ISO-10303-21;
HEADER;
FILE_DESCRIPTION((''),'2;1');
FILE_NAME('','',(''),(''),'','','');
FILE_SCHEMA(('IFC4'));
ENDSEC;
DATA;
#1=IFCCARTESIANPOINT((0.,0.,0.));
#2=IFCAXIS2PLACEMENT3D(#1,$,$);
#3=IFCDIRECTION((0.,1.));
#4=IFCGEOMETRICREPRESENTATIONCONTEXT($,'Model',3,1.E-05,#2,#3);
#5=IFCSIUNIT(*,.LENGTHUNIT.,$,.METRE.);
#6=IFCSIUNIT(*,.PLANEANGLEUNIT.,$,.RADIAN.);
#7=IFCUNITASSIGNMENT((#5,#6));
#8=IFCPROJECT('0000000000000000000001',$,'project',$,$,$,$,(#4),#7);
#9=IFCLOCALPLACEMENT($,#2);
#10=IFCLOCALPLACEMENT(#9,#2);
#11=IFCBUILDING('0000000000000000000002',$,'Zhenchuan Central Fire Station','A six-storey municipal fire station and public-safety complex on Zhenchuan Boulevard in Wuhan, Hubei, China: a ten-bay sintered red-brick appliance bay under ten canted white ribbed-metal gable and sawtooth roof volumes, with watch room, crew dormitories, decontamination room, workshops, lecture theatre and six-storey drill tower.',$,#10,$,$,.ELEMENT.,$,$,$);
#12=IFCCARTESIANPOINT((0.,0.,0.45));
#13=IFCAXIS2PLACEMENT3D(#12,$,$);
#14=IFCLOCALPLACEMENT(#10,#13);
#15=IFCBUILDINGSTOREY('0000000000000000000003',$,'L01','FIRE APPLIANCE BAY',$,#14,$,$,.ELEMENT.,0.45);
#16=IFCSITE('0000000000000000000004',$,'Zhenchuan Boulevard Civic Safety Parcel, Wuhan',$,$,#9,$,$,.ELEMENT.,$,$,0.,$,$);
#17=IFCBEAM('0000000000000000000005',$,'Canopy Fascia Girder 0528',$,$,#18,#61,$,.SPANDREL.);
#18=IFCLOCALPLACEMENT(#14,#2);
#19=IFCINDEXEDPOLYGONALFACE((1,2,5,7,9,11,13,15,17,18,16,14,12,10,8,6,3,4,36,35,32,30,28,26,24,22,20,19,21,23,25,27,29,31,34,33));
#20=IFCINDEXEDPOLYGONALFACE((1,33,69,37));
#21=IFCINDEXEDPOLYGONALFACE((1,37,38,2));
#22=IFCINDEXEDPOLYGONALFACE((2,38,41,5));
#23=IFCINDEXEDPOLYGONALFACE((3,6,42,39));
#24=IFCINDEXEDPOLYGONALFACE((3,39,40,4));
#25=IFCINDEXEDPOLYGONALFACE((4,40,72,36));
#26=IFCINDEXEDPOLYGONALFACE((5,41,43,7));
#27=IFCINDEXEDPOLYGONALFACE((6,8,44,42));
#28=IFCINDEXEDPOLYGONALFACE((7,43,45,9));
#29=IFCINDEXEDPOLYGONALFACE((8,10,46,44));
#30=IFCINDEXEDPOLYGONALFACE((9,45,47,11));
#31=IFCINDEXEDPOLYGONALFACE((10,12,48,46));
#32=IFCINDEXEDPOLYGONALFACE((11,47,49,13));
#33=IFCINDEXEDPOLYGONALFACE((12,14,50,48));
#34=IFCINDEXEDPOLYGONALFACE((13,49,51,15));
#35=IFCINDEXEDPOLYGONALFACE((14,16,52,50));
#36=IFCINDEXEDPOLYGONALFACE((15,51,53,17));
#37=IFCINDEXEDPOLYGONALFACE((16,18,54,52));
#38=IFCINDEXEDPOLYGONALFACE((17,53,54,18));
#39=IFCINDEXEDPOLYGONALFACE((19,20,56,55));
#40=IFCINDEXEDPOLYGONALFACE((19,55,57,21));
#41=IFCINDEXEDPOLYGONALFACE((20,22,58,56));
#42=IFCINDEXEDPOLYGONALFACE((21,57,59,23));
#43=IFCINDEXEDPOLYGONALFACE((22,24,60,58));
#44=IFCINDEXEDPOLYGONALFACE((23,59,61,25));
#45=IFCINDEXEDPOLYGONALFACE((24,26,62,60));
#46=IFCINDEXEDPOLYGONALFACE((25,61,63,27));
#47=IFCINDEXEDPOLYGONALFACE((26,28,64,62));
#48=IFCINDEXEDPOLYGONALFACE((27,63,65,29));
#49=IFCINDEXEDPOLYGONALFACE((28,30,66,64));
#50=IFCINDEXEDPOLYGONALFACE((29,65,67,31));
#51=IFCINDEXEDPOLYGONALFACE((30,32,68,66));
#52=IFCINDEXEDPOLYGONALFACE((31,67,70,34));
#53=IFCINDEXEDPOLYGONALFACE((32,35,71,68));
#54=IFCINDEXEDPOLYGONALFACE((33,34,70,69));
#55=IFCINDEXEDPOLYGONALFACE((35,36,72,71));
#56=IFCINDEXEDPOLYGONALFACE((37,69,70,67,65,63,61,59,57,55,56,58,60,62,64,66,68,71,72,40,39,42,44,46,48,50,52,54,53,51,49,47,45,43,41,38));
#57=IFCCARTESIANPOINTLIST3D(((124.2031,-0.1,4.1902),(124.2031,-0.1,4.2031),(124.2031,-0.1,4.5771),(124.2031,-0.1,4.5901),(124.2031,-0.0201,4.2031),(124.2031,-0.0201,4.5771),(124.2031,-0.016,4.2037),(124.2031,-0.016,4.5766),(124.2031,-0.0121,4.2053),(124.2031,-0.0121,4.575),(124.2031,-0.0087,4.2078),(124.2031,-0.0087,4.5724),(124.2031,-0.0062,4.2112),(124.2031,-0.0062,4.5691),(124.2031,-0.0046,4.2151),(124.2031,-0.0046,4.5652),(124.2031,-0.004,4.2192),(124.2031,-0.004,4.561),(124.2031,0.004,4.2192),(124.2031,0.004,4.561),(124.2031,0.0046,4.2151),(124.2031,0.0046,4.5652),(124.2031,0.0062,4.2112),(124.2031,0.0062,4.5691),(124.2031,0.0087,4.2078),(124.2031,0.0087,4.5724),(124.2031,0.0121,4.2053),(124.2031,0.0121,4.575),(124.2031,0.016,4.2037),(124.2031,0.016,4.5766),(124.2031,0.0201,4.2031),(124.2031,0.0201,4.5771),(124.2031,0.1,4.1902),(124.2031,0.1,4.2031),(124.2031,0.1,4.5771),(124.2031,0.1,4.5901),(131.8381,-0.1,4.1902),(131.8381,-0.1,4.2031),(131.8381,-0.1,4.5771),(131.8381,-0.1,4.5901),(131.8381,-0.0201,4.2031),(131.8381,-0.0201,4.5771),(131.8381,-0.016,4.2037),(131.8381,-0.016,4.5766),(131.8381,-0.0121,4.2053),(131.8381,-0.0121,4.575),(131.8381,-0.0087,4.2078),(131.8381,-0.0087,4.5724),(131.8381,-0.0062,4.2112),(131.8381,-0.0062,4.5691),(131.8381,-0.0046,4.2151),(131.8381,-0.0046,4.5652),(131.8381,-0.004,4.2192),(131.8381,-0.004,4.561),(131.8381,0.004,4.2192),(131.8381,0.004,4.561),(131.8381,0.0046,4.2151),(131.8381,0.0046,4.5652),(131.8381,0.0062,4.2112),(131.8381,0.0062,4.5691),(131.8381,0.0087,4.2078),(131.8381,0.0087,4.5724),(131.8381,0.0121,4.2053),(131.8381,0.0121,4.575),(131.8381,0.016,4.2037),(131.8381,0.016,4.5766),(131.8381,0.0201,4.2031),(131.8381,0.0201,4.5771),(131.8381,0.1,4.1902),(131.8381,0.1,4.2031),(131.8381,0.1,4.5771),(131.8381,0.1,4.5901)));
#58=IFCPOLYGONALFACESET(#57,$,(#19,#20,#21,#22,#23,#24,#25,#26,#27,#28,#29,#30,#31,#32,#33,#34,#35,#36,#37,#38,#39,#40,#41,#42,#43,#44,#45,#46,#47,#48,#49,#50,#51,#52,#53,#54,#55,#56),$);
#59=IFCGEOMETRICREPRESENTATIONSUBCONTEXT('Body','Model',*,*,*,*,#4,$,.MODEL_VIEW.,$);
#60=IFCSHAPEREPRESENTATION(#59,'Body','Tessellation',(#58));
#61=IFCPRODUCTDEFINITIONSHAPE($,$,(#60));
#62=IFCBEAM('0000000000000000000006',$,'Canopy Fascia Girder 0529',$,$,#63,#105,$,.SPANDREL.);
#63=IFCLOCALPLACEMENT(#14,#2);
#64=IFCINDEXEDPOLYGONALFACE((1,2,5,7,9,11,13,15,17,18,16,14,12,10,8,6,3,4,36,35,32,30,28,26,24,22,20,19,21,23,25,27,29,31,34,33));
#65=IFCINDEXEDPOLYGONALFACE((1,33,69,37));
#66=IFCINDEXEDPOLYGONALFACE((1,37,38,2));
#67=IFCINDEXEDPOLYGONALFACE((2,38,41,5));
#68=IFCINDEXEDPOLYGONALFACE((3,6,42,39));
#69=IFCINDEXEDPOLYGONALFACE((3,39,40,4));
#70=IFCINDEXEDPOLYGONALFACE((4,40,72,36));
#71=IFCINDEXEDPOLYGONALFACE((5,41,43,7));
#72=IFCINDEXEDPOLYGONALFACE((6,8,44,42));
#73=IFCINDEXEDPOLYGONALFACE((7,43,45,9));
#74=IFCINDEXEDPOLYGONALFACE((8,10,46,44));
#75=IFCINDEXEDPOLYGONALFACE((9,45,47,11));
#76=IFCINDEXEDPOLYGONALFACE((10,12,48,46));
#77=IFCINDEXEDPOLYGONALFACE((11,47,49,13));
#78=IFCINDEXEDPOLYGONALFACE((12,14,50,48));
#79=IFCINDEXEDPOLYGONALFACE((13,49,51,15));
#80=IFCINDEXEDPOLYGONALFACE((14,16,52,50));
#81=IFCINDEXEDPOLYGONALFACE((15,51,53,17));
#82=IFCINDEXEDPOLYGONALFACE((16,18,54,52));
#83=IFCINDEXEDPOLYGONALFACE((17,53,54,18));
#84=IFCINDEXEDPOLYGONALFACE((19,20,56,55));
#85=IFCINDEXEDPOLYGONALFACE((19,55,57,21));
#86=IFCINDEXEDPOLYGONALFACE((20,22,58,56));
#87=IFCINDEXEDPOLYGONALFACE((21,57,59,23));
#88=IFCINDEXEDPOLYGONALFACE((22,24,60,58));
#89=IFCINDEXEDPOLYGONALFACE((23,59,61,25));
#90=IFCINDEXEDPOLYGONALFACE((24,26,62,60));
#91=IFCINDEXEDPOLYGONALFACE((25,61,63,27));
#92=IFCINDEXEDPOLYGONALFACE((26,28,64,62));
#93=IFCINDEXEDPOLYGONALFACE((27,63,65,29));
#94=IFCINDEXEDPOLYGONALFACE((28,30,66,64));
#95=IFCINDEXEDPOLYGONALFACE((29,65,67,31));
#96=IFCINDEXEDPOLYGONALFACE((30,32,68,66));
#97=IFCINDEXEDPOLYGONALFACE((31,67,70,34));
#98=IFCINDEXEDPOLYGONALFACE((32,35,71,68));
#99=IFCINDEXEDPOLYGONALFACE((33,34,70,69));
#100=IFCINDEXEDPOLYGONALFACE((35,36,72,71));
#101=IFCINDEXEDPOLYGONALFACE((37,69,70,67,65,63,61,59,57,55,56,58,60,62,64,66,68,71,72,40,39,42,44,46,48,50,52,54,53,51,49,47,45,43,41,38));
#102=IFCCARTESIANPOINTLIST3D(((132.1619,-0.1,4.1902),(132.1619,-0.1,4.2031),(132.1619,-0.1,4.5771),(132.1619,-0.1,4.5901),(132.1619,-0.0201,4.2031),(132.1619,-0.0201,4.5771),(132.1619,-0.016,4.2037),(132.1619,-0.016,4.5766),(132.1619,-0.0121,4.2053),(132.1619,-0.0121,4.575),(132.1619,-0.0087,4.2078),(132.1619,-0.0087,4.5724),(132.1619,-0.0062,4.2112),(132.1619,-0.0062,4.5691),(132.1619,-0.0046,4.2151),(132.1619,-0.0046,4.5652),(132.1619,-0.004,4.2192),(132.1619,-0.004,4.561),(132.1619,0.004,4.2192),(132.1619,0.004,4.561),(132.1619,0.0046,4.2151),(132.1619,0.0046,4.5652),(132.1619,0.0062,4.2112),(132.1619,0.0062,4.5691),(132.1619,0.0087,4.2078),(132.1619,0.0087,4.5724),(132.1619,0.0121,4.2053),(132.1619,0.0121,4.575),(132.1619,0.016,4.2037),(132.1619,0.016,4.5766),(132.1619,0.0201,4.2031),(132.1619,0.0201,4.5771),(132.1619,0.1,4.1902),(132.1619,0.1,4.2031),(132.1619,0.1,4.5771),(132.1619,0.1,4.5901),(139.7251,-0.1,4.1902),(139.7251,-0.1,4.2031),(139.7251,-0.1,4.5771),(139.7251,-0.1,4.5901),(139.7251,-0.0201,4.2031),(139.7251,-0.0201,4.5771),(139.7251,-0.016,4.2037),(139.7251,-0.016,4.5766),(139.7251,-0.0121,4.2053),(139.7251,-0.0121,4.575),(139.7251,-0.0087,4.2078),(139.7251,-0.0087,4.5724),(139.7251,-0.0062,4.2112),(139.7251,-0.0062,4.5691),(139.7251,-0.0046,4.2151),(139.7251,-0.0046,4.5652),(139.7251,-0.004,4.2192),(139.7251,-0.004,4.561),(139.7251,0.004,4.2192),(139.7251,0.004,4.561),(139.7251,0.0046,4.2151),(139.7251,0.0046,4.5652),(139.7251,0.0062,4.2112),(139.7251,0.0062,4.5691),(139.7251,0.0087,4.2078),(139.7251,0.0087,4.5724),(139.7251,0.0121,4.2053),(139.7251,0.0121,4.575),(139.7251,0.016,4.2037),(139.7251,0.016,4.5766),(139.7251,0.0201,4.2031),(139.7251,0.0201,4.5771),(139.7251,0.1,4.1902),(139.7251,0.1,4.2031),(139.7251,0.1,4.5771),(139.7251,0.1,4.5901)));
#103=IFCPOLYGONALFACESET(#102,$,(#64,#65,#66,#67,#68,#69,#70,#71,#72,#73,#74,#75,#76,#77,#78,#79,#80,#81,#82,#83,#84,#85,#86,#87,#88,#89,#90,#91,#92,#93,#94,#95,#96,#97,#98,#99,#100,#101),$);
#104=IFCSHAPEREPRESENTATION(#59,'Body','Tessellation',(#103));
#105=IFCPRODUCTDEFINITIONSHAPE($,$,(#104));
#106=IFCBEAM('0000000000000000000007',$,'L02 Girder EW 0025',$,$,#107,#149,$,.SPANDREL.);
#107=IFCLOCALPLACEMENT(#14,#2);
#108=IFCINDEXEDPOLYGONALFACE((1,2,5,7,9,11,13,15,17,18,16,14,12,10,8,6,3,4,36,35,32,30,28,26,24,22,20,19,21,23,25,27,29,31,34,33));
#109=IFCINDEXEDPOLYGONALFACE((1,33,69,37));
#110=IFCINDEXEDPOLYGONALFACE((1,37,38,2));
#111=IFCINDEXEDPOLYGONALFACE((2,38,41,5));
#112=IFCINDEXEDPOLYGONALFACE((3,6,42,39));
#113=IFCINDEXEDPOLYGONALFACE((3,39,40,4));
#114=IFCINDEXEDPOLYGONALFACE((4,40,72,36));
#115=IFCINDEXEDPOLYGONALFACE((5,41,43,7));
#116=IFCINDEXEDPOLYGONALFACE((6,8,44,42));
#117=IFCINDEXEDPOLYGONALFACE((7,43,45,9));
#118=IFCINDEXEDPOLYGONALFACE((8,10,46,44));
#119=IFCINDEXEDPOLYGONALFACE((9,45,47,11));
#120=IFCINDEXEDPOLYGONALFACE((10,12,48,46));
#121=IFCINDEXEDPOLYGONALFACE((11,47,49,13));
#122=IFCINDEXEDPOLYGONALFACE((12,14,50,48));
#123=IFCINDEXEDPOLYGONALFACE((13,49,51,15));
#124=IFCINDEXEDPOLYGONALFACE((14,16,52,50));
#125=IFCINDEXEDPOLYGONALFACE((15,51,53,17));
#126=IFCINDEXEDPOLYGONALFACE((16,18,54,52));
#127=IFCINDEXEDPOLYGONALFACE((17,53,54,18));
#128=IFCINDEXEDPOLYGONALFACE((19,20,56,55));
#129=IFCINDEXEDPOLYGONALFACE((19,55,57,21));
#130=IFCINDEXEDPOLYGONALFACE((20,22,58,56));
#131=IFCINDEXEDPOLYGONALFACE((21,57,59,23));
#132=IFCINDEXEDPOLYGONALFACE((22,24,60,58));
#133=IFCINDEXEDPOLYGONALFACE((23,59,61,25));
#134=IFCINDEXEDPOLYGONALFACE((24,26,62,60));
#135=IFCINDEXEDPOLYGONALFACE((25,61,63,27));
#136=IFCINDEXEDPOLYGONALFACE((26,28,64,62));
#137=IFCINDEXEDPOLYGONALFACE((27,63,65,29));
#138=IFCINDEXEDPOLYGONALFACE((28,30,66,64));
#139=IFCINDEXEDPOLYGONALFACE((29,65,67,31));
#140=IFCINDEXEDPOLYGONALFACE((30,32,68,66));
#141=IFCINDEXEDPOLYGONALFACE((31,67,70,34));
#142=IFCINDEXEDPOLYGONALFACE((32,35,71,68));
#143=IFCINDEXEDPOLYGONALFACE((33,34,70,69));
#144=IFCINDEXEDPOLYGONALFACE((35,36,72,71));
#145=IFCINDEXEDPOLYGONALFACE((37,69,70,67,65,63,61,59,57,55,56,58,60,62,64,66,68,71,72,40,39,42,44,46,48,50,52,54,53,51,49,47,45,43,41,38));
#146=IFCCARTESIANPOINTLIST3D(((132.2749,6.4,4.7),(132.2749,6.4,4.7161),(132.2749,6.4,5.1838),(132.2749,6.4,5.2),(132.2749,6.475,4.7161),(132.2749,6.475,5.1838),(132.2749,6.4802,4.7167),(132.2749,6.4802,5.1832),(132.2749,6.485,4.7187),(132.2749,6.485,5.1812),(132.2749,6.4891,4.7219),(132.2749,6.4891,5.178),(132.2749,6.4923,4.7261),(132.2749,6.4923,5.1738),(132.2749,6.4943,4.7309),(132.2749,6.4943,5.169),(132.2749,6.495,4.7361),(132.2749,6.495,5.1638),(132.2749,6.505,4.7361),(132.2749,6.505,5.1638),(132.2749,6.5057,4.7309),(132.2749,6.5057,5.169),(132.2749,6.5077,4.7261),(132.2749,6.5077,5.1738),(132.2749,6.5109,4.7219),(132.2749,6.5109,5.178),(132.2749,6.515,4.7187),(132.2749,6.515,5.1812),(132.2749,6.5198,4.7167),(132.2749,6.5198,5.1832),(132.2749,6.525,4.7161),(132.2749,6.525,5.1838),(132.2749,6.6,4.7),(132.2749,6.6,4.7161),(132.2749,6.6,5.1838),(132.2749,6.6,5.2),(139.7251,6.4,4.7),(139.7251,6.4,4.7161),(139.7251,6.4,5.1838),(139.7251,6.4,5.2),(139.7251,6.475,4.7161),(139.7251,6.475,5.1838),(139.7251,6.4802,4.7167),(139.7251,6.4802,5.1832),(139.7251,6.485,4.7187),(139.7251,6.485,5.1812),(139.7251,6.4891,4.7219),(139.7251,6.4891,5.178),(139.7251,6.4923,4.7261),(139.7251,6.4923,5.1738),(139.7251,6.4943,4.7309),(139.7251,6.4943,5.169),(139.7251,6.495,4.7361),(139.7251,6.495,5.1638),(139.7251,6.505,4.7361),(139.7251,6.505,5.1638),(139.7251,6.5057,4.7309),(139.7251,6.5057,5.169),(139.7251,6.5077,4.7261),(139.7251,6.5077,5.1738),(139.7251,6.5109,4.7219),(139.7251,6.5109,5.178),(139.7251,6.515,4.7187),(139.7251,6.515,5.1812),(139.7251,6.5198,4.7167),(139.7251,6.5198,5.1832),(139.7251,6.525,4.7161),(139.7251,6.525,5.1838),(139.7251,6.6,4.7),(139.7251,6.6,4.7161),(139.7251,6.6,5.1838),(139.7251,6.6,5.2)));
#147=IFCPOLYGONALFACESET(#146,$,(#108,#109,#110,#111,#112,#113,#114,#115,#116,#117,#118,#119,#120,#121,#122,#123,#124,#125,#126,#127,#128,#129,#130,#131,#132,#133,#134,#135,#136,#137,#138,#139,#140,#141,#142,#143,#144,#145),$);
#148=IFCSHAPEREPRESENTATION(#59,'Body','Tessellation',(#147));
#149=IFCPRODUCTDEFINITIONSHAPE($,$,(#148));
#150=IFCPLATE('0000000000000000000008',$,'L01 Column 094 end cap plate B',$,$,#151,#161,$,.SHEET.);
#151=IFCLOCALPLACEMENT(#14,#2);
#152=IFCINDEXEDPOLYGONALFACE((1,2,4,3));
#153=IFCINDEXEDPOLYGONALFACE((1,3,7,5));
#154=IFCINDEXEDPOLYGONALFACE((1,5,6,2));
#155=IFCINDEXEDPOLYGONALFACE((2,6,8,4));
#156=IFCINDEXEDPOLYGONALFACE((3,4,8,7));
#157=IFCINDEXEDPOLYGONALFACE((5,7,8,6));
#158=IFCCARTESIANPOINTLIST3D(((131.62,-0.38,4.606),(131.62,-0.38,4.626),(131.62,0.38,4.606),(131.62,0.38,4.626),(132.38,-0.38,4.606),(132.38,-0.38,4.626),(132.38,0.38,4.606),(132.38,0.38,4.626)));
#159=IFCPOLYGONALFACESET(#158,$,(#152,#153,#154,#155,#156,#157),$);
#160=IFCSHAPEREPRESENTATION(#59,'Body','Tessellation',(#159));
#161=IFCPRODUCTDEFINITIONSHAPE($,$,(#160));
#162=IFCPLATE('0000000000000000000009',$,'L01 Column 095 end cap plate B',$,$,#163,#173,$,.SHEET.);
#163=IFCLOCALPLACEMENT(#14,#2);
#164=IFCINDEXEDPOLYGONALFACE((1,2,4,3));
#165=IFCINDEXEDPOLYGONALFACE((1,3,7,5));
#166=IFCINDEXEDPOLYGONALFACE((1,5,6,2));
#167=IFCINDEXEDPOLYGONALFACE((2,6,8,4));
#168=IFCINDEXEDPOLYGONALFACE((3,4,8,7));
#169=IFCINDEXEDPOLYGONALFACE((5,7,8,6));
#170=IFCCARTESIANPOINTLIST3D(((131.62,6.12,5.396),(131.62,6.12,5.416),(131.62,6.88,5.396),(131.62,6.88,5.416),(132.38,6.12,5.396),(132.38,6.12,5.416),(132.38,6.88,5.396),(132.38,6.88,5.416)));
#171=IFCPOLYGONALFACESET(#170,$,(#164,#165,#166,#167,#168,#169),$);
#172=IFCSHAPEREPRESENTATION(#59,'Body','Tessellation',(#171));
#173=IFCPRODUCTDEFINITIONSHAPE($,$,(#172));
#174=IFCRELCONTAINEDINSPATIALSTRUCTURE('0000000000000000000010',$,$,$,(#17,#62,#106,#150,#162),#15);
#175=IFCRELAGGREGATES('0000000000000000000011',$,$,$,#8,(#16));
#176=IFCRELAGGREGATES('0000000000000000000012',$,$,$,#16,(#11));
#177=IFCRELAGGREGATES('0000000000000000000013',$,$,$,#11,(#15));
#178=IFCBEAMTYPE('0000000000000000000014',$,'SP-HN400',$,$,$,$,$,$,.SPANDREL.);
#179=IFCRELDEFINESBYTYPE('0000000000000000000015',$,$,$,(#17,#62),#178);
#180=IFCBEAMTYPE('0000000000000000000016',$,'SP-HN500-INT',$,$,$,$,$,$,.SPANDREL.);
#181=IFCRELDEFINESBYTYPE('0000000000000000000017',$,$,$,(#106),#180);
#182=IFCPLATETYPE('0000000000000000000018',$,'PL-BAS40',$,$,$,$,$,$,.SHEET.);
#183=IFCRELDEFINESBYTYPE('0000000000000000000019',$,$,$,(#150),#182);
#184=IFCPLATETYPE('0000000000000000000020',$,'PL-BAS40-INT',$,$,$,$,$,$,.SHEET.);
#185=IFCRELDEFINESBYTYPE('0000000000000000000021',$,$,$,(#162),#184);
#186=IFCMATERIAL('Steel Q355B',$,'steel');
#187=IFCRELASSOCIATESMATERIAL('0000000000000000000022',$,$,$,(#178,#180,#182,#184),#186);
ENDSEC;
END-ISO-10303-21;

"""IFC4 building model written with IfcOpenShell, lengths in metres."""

from ifc_helpers import new_model, si_unit, direction, frame, origin, origin_2d, place, context, subcontext, project, spatial, rectangle, i_section, extrude, material, material_profile, profile_set, type_object, element, save


model = new_model("IFC4")

# Units and contexts
model_context = context("Model", 3, precision=1e-05, world=origin(), true_north=direction((0.0, 1.0)))
body_context = subcontext(model_context, "Body", "Model", "MODEL_VIEW")
ifc_project = project(units=[si_unit("LENGTHUNIT", "METRE"), si_unit("PLANEANGLEUNIT", "RADIAN")], contexts=[model_context])

# Site, building, storey
site_placement = place(None, origin())
site = spatial("IfcSite", under=ifc_project, at=site_placement, Name="Zhenchuan Boulevard Civic Safety Parcel, Wuhan", CompositionType="ELEMENT", RefElevation=0.0)
building_placement = place(site_placement, origin())
building = spatial("IfcBuilding", under=site, at=building_placement, Name="Zhenchuan Central Fire Station", Description="A six-storey municipal fire station and public-safety complex on Zhenchuan Boulevard in Wuhan, Hubei, China: a ten-bay sintered red-brick appliance bay under ten canted white ribbed-metal gable and sawtooth roof volumes, with watch room, crew dormitories, decontamination room, workshops, lecture theatre and six-storey drill tower.", CompositionType="ELEMENT")
storey_placement = place(building_placement, frame((0.0, 0.0, 0.45)))
storey = spatial("IfcBuildingStorey", under=building, at=storey_placement, Name="L01", Description="FIRE APPLIANCE BAY", CompositionType="ELEMENT", Elevation=0.45)

# Shared definitions
ifc_material_1 = material(Name="Steel Q355B", Category="steel")

# Beams
ifc_material_profile_1 = material_profile(ifc_material_1, i_section(OverallWidth=0.2, OverallDepth=0.3999, WebThickness=0.0081, FlangeThickness=0.0129, FilletRadius=0.0161, at=origin_2d()), Name="HN 400x200")
ifc_profile_set_1 = profile_set([ifc_material_profile_1], Name="Steel Q355B")
beam_type_1 = type_object("IfcBeamType", Name="SP-HN400", PredefinedType="SPANDREL", material=ifc_profile_set_1)
beam_1_placement = place(storey_placement, frame((124.2031, 0.0, 4.3901), z_axis=(1.0, 0.0, 0.0), x_axis=(0.0, 1.0, 0.0)))
element("IfcBeam", 1, at=beam_1_placement, inside=storey, type_object=beam_type_1, Name="Canopy Fascia Girder 0528", PredefinedType="SPANDREL", context=body_context, shape_type="SweptSolid", body=[
    extrude(i_section(OverallWidth=0.2, OverallDepth=0.3999, WebThickness=0.0081, FlangeThickness=0.0129, FilletRadius=0.0161, at=origin_2d()), origin(), (0.0, 0.0, 1.0), 7.635),
])
beam_2_placement = place(storey_placement, frame((132.1619, 0.0, 4.3901), z_axis=(1.0, 0.0, 0.0), x_axis=(0.0, 1.0, 0.0)))
element("IfcBeam", 2, at=beam_2_placement, inside=storey, type_object=beam_type_1, Name="Canopy Fascia Girder 0529", PredefinedType="SPANDREL", context=body_context, shape_type="SweptSolid", body=[
    extrude(i_section(OverallWidth=0.2, OverallDepth=0.3999, WebThickness=0.0081, FlangeThickness=0.0129, FilletRadius=0.0161, at=origin_2d()), origin(), (0.0, 0.0, 1.0), 7.5632),
])
ifc_material_profile_2 = material_profile(ifc_material_1, i_section(OverallWidth=0.2, OverallDepth=0.5, WebThickness=0.01, FlangeThickness=0.0161, FilletRadius=0.02, at=origin_2d()), Name="HN 500x200")
ifc_profile_set_2 = profile_set([ifc_material_profile_2], Name="Steel Q355B")
beam_type_2 = type_object("IfcBeamType", Name="SP-HN500-INT", PredefinedType="SPANDREL", material=ifc_profile_set_2)
beam_3_placement = place(storey_placement, frame((132.2749, 6.5, 4.95), z_axis=(1.0, 0.0, 0.0), x_axis=(0.0, 1.0, 0.0)))
element("IfcBeam", 3, at=beam_3_placement, inside=storey, type_object=beam_type_2, Name="L02 Girder EW 0025", PredefinedType="SPANDREL", context=body_context, shape_type="SweptSolid", body=[
    extrude(i_section(OverallWidth=0.2, OverallDepth=0.5, WebThickness=0.01, FlangeThickness=0.0161, FilletRadius=0.02, at=origin_2d()), origin(), (0.0, 0.0, 1.0), 7.4502),
])

# Plates
ifc_material_profile_3 = material_profile(ifc_material_1, rectangle(XDim=0.76, YDim=0.76, at=origin_2d()), Name="PL 760x760x40")
ifc_profile_set_3 = profile_set([ifc_material_profile_3], Name="Steel Q355B")
plate_type_1 = type_object("IfcPlateType", Name="PL-BAS40", PredefinedType="SHEET", material=ifc_profile_set_3)
plate_1_placement = place(storey_placement, frame((132.0, 0.0, 4.606), z_axis=(0.0, 0.0, 1.0), x_axis=(1.0, 0.0, 0.0)))
element("IfcPlate", 4, at=plate_1_placement, inside=storey, type_object=plate_type_1, Name="L01 Column 094 end cap plate B", PredefinedType="SHEET", context=body_context, shape_type="SweptSolid", body=[
    extrude(rectangle(XDim=0.76, YDim=0.76, at=origin_2d()), origin(), (0.0, 0.0, 1.0), 0.02),
])
ifc_material_profile_4 = material_profile(ifc_material_1, rectangle(XDim=0.76, YDim=0.76, at=origin_2d()), Name="PL 760x760x40")
ifc_profile_set_4 = profile_set([ifc_material_profile_4], Name="Steel Q355B")
plate_type_2 = type_object("IfcPlateType", Name="PL-BAS40-INT", PredefinedType="SHEET", material=ifc_profile_set_4)
plate_2_placement = place(storey_placement, frame((132.0, 6.5, 5.396), z_axis=(0.0, 0.0, 1.0), x_axis=(1.0, 0.0, 0.0)))
element("IfcPlate", 5, at=plate_2_placement, inside=storey, type_object=plate_type_2, Name="L01 Column 095 end cap plate B", PredefinedType="SHEET", context=body_context, shape_type="SweptSolid", body=[
    extrude(rectangle(XDim=0.76, YDim=0.76, at=origin_2d()), origin(), (0.0, 0.0, 1.0), 0.02),
])

save(model, "model.ifc")
